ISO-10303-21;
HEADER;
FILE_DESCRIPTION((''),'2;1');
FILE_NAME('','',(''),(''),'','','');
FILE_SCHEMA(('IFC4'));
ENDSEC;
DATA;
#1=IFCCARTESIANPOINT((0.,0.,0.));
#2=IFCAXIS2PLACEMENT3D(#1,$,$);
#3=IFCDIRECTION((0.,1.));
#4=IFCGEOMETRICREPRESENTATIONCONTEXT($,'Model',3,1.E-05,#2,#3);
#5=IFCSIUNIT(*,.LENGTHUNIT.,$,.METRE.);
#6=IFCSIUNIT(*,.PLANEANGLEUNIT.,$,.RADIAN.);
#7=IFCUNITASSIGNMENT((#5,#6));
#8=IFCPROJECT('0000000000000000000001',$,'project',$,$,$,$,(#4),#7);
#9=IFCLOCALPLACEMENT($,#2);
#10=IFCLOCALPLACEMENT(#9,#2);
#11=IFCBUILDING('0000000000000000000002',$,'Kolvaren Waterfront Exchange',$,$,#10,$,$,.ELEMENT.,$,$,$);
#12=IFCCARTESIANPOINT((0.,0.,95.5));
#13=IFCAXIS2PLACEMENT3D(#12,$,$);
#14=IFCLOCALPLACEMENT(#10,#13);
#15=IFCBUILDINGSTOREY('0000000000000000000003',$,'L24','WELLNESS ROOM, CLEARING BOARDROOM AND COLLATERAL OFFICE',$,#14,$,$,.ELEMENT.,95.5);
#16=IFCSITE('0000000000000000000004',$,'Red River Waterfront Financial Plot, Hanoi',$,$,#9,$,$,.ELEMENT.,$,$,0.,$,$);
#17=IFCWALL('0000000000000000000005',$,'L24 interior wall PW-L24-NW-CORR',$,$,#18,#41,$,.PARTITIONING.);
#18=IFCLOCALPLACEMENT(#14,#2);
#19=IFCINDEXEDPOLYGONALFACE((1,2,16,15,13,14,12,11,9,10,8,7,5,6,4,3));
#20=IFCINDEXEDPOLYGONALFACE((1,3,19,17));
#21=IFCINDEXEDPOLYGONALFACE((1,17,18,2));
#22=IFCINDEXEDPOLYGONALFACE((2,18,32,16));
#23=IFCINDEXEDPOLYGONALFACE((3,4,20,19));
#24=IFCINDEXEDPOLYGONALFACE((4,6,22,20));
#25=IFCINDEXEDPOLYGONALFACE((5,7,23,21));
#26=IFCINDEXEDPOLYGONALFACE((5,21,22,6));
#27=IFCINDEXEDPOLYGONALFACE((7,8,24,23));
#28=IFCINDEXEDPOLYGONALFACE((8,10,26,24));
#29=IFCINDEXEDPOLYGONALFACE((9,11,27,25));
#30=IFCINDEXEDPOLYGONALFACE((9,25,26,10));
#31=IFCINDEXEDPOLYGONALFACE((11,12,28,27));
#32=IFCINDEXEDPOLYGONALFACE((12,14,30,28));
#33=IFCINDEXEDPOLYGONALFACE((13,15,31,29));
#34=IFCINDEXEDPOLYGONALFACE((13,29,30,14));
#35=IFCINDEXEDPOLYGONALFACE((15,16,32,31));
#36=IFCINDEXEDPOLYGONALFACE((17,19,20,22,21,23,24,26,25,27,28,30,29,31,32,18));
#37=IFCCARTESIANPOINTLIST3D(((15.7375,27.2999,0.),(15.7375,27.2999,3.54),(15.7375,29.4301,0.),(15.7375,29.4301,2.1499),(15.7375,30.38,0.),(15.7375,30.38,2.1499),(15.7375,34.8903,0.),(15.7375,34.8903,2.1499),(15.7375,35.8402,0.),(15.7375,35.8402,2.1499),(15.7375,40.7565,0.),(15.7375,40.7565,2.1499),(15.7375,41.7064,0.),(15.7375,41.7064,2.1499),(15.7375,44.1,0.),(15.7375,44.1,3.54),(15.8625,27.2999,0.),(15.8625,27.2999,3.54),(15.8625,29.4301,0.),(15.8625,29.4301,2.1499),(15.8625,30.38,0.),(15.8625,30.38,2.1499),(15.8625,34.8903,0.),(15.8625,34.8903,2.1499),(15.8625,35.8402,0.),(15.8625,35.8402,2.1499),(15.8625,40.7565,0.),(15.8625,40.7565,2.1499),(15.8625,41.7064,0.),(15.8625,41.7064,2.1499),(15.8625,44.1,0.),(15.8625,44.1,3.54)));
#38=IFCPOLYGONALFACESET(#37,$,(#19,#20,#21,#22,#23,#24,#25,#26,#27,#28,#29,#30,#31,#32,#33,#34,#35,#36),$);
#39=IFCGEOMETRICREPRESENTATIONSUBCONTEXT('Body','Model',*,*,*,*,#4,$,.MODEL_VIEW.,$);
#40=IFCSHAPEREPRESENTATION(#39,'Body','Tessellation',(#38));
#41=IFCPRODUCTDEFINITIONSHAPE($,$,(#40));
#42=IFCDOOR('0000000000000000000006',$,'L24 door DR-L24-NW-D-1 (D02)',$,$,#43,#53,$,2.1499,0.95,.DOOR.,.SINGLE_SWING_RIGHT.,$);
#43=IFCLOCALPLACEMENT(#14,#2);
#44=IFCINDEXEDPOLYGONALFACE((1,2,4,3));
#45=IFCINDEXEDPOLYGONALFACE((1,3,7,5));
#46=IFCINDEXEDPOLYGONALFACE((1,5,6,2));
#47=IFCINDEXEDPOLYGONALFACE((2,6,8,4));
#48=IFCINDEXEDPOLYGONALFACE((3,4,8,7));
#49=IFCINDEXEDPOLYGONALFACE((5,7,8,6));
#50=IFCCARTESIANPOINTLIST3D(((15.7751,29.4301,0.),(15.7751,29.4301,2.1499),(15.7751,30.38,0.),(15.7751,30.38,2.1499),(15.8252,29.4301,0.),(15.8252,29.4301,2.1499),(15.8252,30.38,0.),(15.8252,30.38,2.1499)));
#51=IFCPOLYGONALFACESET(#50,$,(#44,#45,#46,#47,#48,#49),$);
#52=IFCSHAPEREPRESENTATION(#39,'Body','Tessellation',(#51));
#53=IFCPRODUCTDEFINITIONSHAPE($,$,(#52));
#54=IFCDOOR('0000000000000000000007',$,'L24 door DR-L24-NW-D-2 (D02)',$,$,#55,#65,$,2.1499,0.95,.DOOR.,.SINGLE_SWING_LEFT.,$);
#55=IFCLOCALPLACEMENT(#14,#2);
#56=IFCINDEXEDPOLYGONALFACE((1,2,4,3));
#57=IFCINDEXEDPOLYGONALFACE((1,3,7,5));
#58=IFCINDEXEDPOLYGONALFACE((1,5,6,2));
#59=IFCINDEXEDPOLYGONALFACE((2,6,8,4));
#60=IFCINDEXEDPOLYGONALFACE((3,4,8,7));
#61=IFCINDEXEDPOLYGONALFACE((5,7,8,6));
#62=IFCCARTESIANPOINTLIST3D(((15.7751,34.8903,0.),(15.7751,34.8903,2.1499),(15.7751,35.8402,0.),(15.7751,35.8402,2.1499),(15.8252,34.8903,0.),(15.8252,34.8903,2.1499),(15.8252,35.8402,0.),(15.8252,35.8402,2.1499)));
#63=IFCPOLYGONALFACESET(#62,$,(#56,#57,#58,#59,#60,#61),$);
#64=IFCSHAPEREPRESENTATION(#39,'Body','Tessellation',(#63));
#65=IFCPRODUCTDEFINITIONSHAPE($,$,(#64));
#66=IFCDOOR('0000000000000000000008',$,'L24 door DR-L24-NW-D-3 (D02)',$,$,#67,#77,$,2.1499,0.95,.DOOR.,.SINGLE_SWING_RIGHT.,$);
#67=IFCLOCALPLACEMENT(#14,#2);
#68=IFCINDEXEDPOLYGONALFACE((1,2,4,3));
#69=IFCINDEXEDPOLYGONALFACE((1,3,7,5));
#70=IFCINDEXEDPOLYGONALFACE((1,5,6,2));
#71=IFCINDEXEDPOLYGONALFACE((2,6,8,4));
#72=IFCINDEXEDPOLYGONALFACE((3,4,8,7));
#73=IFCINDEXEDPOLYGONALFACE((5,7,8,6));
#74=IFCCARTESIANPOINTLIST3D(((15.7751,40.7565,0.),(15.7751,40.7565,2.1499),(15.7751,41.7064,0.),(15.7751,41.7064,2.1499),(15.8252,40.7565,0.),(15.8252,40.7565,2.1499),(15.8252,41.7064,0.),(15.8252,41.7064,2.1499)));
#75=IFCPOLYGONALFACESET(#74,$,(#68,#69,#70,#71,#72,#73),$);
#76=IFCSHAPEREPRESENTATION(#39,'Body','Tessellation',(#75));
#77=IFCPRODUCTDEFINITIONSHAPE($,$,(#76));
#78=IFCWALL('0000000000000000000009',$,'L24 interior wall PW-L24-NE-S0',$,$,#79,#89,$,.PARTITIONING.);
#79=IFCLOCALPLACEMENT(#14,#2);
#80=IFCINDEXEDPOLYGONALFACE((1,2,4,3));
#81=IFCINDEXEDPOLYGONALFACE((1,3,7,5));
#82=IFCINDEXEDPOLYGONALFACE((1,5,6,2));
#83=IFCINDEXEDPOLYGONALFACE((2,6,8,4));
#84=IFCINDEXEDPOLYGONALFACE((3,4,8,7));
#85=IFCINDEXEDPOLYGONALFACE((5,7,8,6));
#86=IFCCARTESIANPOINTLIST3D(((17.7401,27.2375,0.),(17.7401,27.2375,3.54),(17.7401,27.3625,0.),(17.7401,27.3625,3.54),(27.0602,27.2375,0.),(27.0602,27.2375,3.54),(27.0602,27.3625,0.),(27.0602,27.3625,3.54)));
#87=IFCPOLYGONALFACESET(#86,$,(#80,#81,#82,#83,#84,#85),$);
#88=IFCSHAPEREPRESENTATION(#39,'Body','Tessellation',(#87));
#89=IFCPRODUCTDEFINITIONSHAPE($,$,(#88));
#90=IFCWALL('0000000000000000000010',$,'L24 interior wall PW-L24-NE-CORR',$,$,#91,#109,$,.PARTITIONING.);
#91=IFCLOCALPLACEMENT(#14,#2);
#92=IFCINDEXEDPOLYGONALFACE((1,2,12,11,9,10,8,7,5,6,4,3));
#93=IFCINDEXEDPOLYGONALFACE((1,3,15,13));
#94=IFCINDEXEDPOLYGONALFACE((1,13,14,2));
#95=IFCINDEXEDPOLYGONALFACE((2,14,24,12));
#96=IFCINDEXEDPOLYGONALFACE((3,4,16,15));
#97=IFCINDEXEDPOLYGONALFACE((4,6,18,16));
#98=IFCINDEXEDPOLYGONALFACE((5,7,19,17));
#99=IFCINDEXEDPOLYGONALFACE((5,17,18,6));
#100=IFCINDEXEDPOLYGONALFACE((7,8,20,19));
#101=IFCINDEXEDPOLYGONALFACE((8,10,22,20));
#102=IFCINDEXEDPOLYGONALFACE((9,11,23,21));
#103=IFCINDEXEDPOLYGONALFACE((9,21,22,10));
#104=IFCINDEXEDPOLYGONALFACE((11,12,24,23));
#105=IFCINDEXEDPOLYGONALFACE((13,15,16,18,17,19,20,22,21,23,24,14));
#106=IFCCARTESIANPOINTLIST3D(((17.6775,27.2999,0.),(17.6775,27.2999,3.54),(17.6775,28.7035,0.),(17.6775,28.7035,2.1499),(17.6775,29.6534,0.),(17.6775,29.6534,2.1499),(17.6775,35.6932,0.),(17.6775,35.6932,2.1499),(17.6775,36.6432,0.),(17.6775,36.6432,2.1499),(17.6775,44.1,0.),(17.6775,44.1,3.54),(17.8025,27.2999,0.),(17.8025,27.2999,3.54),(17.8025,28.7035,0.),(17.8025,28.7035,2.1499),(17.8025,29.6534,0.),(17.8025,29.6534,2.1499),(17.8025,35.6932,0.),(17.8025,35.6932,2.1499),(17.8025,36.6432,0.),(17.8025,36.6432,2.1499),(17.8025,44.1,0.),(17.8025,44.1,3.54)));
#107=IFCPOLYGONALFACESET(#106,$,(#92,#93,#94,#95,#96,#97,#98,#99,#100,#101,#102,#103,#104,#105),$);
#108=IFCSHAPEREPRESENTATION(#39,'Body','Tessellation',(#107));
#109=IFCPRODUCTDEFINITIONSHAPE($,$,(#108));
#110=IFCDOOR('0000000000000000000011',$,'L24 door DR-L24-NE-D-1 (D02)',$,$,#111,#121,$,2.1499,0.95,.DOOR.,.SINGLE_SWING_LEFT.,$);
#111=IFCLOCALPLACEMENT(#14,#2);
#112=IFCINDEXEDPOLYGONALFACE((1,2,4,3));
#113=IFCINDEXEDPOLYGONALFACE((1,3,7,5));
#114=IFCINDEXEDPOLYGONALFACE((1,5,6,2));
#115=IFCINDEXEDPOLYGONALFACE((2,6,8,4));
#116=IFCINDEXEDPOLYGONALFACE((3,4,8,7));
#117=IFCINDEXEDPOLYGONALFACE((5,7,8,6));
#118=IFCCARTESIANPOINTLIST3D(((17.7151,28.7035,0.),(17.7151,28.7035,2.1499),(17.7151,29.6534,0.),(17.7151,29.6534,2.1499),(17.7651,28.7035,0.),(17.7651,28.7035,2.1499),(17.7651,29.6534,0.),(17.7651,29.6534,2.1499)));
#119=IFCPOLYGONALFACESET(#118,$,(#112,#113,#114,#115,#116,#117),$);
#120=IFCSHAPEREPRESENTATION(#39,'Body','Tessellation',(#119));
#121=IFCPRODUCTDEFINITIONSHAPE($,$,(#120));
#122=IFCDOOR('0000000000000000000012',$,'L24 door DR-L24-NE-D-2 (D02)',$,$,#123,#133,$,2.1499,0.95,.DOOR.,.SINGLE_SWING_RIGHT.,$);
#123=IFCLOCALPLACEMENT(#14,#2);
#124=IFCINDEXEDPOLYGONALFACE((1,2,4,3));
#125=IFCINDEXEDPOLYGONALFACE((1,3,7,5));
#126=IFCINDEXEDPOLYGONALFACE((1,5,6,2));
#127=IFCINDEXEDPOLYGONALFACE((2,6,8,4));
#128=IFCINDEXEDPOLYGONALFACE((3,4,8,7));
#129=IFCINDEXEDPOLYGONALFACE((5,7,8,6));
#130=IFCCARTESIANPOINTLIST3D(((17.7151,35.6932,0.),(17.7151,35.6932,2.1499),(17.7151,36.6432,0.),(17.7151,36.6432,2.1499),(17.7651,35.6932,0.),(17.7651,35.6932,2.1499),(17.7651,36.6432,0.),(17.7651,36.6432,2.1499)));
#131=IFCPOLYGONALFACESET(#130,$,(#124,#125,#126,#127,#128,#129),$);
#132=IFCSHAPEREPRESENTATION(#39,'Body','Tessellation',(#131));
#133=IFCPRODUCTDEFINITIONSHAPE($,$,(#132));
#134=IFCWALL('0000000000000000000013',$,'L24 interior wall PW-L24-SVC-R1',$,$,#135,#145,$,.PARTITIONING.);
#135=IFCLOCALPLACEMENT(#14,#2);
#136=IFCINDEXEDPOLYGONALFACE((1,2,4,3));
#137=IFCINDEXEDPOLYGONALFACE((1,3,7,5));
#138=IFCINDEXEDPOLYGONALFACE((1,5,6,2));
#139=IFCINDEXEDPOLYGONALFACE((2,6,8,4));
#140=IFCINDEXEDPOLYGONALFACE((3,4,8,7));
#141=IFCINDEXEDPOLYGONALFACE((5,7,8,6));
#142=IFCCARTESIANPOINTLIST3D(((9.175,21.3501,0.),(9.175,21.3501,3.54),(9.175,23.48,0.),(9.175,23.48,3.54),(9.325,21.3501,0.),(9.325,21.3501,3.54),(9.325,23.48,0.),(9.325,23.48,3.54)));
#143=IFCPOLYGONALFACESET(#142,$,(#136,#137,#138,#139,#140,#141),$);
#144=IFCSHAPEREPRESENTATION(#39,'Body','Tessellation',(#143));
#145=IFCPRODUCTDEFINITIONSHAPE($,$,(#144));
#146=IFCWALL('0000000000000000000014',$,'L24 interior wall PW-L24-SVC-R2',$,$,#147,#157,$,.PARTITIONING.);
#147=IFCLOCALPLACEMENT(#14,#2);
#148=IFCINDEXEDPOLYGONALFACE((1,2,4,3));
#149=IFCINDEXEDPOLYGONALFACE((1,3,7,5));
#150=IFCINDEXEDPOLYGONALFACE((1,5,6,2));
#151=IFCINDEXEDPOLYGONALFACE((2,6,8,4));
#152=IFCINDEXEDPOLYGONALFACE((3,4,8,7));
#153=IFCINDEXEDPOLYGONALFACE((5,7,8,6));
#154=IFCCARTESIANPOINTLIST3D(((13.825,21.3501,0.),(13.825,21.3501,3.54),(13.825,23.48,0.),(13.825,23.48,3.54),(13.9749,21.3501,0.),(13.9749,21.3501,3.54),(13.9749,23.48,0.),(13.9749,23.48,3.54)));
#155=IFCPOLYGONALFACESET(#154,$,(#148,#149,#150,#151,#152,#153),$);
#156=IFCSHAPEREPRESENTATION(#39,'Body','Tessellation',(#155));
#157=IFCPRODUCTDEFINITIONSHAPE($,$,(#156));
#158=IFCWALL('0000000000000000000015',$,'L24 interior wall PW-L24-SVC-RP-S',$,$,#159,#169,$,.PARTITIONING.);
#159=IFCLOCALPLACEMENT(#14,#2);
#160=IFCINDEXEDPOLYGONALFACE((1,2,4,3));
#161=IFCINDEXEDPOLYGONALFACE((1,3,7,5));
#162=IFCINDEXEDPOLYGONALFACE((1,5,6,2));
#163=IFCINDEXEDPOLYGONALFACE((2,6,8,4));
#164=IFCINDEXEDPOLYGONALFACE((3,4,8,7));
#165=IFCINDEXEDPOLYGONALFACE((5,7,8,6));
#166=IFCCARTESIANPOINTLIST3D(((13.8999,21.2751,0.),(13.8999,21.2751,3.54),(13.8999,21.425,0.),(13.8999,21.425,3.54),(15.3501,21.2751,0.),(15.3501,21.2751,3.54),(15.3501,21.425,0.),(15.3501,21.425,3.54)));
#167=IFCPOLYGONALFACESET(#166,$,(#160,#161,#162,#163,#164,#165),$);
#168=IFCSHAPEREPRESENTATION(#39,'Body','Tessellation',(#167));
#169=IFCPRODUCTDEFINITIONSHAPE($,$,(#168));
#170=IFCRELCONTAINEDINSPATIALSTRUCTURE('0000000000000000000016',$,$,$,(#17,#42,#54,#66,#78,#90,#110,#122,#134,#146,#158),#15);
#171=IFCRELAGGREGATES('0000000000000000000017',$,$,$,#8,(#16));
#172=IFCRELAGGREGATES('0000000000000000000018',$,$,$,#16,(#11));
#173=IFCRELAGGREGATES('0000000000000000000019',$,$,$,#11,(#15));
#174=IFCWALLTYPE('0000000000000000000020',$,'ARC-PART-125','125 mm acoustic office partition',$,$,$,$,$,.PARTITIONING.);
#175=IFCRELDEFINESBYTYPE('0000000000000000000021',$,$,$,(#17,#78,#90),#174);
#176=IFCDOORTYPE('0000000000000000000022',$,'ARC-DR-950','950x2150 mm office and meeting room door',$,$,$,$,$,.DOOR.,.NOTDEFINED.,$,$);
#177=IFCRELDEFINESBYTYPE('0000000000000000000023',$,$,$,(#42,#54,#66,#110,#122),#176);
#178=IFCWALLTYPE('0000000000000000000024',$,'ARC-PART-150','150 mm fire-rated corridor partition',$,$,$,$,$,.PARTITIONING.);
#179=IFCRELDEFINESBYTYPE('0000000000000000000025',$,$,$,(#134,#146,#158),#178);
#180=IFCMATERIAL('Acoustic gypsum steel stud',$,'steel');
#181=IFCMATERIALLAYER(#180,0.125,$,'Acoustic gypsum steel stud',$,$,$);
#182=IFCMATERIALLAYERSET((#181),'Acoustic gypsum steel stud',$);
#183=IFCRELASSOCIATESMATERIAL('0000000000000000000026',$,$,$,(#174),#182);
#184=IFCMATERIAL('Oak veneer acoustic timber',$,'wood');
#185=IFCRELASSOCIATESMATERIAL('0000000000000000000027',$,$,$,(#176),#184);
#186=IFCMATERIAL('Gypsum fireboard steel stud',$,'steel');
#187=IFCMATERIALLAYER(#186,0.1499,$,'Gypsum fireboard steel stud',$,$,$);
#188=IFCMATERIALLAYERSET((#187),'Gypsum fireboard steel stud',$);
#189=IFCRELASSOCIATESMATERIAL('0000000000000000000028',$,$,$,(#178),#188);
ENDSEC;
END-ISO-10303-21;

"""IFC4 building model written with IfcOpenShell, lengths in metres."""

from ifc_helpers import new_model, si_unit, direction, frame, frame_2d, origin, place, context, subcontext, project, spatial, rectangle, extrude, material, layer, layer_set, type_object, element, fill, save


model = new_model("IFC4")

# Units and contexts
model_context = context("Model", 3, precision=1e-05, world=origin(), true_north=direction((0.0, 1.0)))
body_context = subcontext(model_context, "Body", "Model", "MODEL_VIEW")
ifc_project = project(units=[si_unit("LENGTHUNIT", "METRE"), si_unit("PLANEANGLEUNIT", "RADIAN")], contexts=[model_context])

# Site, building, storey
site_placement = place(None, origin())
site = spatial("IfcSite", under=ifc_project, at=site_placement, Name="Red River Waterfront Financial Plot, Hanoi", CompositionType="ELEMENT", RefElevation=0.0)
building_placement = place(site_placement, origin())
building = spatial("IfcBuilding", under=site, at=building_placement, Name="Kolvaren Waterfront Exchange", CompositionType="ELEMENT")
storey_placement = place(building_placement, frame((0.0, 0.0, 95.5)))
storey = spatial("IfcBuildingStorey", under=building, at=storey_placement, Name="L24", Description="WELLNESS ROOM, CLEARING BOARDROOM AND COLLATERAL OFFICE", CompositionType="ELEMENT", Elevation=95.5)

# Shared definitions
ifc_material_1 = material(Name="Acoustic gypsum steel stud", Category="steel")
ifc_layer_1 = layer(ifc_material_1, 0.125, Name="Acoustic gypsum steel stud")
ifc_layer_set_1 = layer_set([ifc_layer_1], Name="Acoustic gypsum steel stud")
wall_type_1 = type_object("IfcWallType", Name="ARC-PART-125", Description="125 mm acoustic office partition", PredefinedType="PARTITIONING", material=ifc_layer_set_1)
ifc_material_2 = material(Name="Oak veneer acoustic timber", Category="wood")
door_type = type_object("IfcDoorType", Name="ARC-DR-950", Description="950x2150 mm office and meeting room door", OperationType="NOTDEFINED", PredefinedType="DOOR", material=ifc_material_2)

# Wall, openings, doors
wall_1_placement = place(storey_placement, frame((15.8, 27.3, 0.0), z_axis=(0.0, 0.0, 1.0), x_axis=(0.0, 1.0, 0.0)))
wall_1 = element("IfcWall", 1, at=wall_1_placement, inside=storey, type_object=wall_type_1, Name="L24 interior wall PW-L24-NW-CORR", PredefinedType="PARTITIONING", context=body_context, shape_type="SweptSolid", body=[
    extrude(rectangle(XDim=16.8, YDim=0.125, at=frame_2d((8.3999, 0.0))), origin(), (0.0, 0.0, 1.0), 3.54),
])
opening_1_placement = place(wall_1_placement, frame((2.1299, 0.0, 0.0)))
opening_1 = element("IfcOpeningElement", 2, at=opening_1_placement, cuts=wall_1, PredefinedType="OPENING", context=body_context, shape_type="SweptSolid", body=[
    extrude(rectangle(XDim=0.95, YDim=2.1499, at=frame_2d((0.4751, 1.075))), frame((0.0, 0.0725, 0.0), z_axis=(0.0, -1.0, 0.0), x_axis=(1.0, 0.0, 0.0)), (0.0, 0.0, 1.0), 0.145),
])
opening_2_placement = place(wall_1_placement, frame((7.5901, 0.0, 0.0)))
opening_2 = element("IfcOpeningElement", 3, at=opening_2_placement, cuts=wall_1, PredefinedType="OPENING", context=body_context, shape_type="SweptSolid", body=[
    extrude(rectangle(XDim=0.95, YDim=2.1499, at=frame_2d((0.4751, 1.075))), frame((0.0, 0.0725, 0.0), z_axis=(0.0, -1.0, 0.0), x_axis=(1.0, 0.0, 0.0)), (0.0, 0.0, 1.0), 0.145),
])
opening_3_placement = place(wall_1_placement, frame((13.4563, 0.0, 0.0)))
opening_3 = element("IfcOpeningElement", 4, at=opening_3_placement, cuts=wall_1, PredefinedType="OPENING", context=body_context, shape_type="SweptSolid", body=[
    extrude(rectangle(XDim=0.95, YDim=2.1499, at=frame_2d((0.4751, 1.075))), frame((0.0, 0.0725, 0.0), z_axis=(0.0, -1.0, 0.0), x_axis=(1.0, 0.0, 0.0)), (0.0, 0.0, 1.0), 0.145),
])
door_1_placement = place(opening_1_placement, origin())
door_1 = element("IfcDoor", 5, at=door_1_placement, inside=storey, type_object=door_type, Name="L24 door DR-L24-NW-D-1 (D02)", OperationType="SINGLE_SWING_RIGHT", OverallHeight=2.1499, OverallWidth=0.95, PredefinedType="DOOR", context=body_context, shape_type="SweptSolid", body=[
    extrude(rectangle(XDim=0.95, YDim=2.1499, at=frame_2d((0.4751, 1.075))), frame((0.0, 0.0249, 0.0), z_axis=(0.0, -1.0, 0.0), x_axis=(1.0, 0.0, 0.0)), (0.0, 0.0, 1.0), 0.05),
])
fill(opening_1, door_1)
door_2_placement = place(opening_2_placement, origin())
door_2 = element("IfcDoor", 6, at=door_2_placement, inside=storey, type_object=door_type, Name="L24 door DR-L24-NW-D-2 (D02)", OperationType="SINGLE_SWING_LEFT", OverallHeight=2.1499, OverallWidth=0.95, PredefinedType="DOOR", context=body_context, shape_type="SweptSolid", body=[
    extrude(rectangle(XDim=0.95, YDim=2.1499, at=frame_2d((0.4751, 1.075))), frame((0.0, 0.0249, 0.0), z_axis=(0.0, -1.0, 0.0), x_axis=(1.0, 0.0, 0.0)), (0.0, 0.0, 1.0), 0.05),
])
fill(opening_2, door_2)
door_3_placement = place(opening_3_placement, origin())
door_3 = element("IfcDoor", 7, at=door_3_placement, inside=storey, type_object=door_type, Name="L24 door DR-L24-NW-D-3 (D02)", OperationType="SINGLE_SWING_RIGHT", OverallHeight=2.1499, OverallWidth=0.95, PredefinedType="DOOR", context=body_context, shape_type="SweptSolid", body=[
    extrude(rectangle(XDim=0.95, YDim=2.1499, at=frame_2d((0.4751, 1.075))), frame((0.0, 0.0249, 0.0), z_axis=(0.0, -1.0, 0.0), x_axis=(1.0, 0.0, 0.0)), (0.0, 0.0, 1.0), 0.05),
])
fill(opening_3, door_3)

# Wall
wall_2_placement = place(storey_placement, frame((17.74, 27.3, 0.0), z_axis=(0.0, 0.0, 1.0), x_axis=(1.0, 0.0, 0.0)))
element("IfcWall", 8, at=wall_2_placement, inside=storey, type_object=wall_type_1, Name="L24 interior wall PW-L24-NE-S0", PredefinedType="PARTITIONING", context=body_context, shape_type="SweptSolid", body=[
    extrude(rectangle(XDim=9.3201, YDim=0.125, at=frame_2d((4.6602, 0.0))), origin(), (0.0, 0.0, 1.0), 3.54),
])

# Wall, openings, doors
wall_3_placement = place(storey_placement, frame((17.74, 27.3, 0.0), z_axis=(0.0, 0.0, 1.0), x_axis=(0.0, 1.0, 0.0)))
wall_3 = element("IfcWall", 9, at=wall_3_placement, inside=storey, type_object=wall_type_1, Name="L24 interior wall PW-L24-NE-CORR", PredefinedType="PARTITIONING", context=body_context, shape_type="SweptSolid", body=[
    extrude(rectangle(XDim=16.8, YDim=0.125, at=frame_2d((8.3999, 0.0))), origin(), (0.0, 0.0, 1.0), 3.54),
])
opening_4_placement = place(wall_3_placement, frame((1.4033, 0.0, 0.0)))
opening_4 = element("IfcOpeningElement", 10, at=opening_4_placement, cuts=wall_3, PredefinedType="OPENING", context=body_context, shape_type="SweptSolid", body=[
    extrude(rectangle(XDim=0.95, YDim=2.1499, at=frame_2d((0.4751, 1.075))), frame((0.0, 0.0725, 0.0), z_axis=(0.0, -1.0, 0.0), x_axis=(1.0, 0.0, 0.0)), (0.0, 0.0, 1.0), 0.145),
])
opening_5_placement = place(wall_3_placement, frame((8.3931, 0.0, 0.0)))
opening_5 = element("IfcOpeningElement", 11, at=opening_5_placement, cuts=wall_3, PredefinedType="OPENING", context=body_context, shape_type="SweptSolid", body=[
    extrude(rectangle(XDim=0.95, YDim=2.1499, at=frame_2d((0.4751, 1.075))), frame((0.0, 0.0725, 0.0), z_axis=(0.0, -1.0, 0.0), x_axis=(1.0, 0.0, 0.0)), (0.0, 0.0, 1.0), 0.145),
])
door_4_placement = place(opening_4_placement, origin())
door_4 = element("IfcDoor", 12, at=door_4_placement, inside=storey, type_object=door_type, Name="L24 door DR-L24-NE-D-1 (D02)", OperationType="SINGLE_SWING_LEFT", OverallHeight=2.1499, OverallWidth=0.95, PredefinedType="DOOR", context=body_context, shape_type="SweptSolid", body=[
    extrude(rectangle(XDim=0.95, YDim=2.1499, at=frame_2d((0.4751, 1.075))), frame((0.0, 0.0249, 0.0), z_axis=(0.0, -1.0, 0.0), x_axis=(1.0, 0.0, 0.0)), (0.0, 0.0, 1.0), 0.05),
])
fill(opening_4, door_4)
door_5_placement = place(opening_5_placement, origin())
door_5 = element("IfcDoor", 13, at=door_5_placement, inside=storey, type_object=door_type, Name="L24 door DR-L24-NE-D-2 (D02)", OperationType="SINGLE_SWING_RIGHT", OverallHeight=2.1499, OverallWidth=0.95, PredefinedType="DOOR", context=body_context, shape_type="SweptSolid", body=[
    extrude(rectangle(XDim=0.95, YDim=2.1499, at=frame_2d((0.4751, 1.075))), frame((0.0, 0.0249, 0.0), z_axis=(0.0, -1.0, 0.0), x_axis=(1.0, 0.0, 0.0)), (0.0, 0.0, 1.0), 0.05),
])
fill(opening_5, door_5)

# Walls
ifc_material_3 = material(Name="Gypsum fireboard steel stud", Category="steel")
ifc_layer_2 = layer(ifc_material_3, 0.1499, Name="Gypsum fireboard steel stud")
ifc_layer_set_2 = layer_set([ifc_layer_2], Name="Gypsum fireboard steel stud")
wall_type_2 = type_object("IfcWallType", Name="ARC-PART-150", Description="150 mm fire-rated corridor partition", PredefinedType="PARTITIONING", material=ifc_layer_set_2)
for number, where, z_axis, x_axis, name in (
    (14, (9.25, 21.3501, 0.0), (0.0, 0.0, 1.0), (0.0, 1.0, 0.0), "L24 interior wall PW-L24-SVC-R1"),
    (15, (13.8999, 21.3501, 0.0), (0.0, 0.0, 1.0), (0.0, 1.0, 0.0), "L24 interior wall PW-L24-SVC-R2"),
):
    element("IfcWall", number, at=place(storey_placement, frame(where, z_axis=z_axis, x_axis=x_axis)), inside=storey, type_object=wall_type_2, Name=name, PredefinedType="PARTITIONING", context=body_context, shape_type="SweptSolid", body=[
        extrude(rectangle(XDim=2.1299, YDim=0.1499, at=frame_2d((1.0649, 0.0))), origin(), (0.0, 0.0, 1.0), 3.54),
    ])
wall_4_placement = place(storey_placement, frame((13.8999, 21.3501, 0.0), z_axis=(0.0, 0.0, 1.0), x_axis=(1.0, 0.0, 0.0)))
element("IfcWall", 16, at=wall_4_placement, inside=storey, type_object=wall_type_2, Name="L24 interior wall PW-L24-SVC-RP-S", PredefinedType="PARTITIONING", context=body_context, shape_type="SweptSolid", body=[
    extrude(rectangle(XDim=1.4502, YDim=0.1499, at=frame_2d((0.7251, 0.0))), origin(), (0.0, 0.0, 1.0), 3.54),
])

save(model, "model.ifc")
